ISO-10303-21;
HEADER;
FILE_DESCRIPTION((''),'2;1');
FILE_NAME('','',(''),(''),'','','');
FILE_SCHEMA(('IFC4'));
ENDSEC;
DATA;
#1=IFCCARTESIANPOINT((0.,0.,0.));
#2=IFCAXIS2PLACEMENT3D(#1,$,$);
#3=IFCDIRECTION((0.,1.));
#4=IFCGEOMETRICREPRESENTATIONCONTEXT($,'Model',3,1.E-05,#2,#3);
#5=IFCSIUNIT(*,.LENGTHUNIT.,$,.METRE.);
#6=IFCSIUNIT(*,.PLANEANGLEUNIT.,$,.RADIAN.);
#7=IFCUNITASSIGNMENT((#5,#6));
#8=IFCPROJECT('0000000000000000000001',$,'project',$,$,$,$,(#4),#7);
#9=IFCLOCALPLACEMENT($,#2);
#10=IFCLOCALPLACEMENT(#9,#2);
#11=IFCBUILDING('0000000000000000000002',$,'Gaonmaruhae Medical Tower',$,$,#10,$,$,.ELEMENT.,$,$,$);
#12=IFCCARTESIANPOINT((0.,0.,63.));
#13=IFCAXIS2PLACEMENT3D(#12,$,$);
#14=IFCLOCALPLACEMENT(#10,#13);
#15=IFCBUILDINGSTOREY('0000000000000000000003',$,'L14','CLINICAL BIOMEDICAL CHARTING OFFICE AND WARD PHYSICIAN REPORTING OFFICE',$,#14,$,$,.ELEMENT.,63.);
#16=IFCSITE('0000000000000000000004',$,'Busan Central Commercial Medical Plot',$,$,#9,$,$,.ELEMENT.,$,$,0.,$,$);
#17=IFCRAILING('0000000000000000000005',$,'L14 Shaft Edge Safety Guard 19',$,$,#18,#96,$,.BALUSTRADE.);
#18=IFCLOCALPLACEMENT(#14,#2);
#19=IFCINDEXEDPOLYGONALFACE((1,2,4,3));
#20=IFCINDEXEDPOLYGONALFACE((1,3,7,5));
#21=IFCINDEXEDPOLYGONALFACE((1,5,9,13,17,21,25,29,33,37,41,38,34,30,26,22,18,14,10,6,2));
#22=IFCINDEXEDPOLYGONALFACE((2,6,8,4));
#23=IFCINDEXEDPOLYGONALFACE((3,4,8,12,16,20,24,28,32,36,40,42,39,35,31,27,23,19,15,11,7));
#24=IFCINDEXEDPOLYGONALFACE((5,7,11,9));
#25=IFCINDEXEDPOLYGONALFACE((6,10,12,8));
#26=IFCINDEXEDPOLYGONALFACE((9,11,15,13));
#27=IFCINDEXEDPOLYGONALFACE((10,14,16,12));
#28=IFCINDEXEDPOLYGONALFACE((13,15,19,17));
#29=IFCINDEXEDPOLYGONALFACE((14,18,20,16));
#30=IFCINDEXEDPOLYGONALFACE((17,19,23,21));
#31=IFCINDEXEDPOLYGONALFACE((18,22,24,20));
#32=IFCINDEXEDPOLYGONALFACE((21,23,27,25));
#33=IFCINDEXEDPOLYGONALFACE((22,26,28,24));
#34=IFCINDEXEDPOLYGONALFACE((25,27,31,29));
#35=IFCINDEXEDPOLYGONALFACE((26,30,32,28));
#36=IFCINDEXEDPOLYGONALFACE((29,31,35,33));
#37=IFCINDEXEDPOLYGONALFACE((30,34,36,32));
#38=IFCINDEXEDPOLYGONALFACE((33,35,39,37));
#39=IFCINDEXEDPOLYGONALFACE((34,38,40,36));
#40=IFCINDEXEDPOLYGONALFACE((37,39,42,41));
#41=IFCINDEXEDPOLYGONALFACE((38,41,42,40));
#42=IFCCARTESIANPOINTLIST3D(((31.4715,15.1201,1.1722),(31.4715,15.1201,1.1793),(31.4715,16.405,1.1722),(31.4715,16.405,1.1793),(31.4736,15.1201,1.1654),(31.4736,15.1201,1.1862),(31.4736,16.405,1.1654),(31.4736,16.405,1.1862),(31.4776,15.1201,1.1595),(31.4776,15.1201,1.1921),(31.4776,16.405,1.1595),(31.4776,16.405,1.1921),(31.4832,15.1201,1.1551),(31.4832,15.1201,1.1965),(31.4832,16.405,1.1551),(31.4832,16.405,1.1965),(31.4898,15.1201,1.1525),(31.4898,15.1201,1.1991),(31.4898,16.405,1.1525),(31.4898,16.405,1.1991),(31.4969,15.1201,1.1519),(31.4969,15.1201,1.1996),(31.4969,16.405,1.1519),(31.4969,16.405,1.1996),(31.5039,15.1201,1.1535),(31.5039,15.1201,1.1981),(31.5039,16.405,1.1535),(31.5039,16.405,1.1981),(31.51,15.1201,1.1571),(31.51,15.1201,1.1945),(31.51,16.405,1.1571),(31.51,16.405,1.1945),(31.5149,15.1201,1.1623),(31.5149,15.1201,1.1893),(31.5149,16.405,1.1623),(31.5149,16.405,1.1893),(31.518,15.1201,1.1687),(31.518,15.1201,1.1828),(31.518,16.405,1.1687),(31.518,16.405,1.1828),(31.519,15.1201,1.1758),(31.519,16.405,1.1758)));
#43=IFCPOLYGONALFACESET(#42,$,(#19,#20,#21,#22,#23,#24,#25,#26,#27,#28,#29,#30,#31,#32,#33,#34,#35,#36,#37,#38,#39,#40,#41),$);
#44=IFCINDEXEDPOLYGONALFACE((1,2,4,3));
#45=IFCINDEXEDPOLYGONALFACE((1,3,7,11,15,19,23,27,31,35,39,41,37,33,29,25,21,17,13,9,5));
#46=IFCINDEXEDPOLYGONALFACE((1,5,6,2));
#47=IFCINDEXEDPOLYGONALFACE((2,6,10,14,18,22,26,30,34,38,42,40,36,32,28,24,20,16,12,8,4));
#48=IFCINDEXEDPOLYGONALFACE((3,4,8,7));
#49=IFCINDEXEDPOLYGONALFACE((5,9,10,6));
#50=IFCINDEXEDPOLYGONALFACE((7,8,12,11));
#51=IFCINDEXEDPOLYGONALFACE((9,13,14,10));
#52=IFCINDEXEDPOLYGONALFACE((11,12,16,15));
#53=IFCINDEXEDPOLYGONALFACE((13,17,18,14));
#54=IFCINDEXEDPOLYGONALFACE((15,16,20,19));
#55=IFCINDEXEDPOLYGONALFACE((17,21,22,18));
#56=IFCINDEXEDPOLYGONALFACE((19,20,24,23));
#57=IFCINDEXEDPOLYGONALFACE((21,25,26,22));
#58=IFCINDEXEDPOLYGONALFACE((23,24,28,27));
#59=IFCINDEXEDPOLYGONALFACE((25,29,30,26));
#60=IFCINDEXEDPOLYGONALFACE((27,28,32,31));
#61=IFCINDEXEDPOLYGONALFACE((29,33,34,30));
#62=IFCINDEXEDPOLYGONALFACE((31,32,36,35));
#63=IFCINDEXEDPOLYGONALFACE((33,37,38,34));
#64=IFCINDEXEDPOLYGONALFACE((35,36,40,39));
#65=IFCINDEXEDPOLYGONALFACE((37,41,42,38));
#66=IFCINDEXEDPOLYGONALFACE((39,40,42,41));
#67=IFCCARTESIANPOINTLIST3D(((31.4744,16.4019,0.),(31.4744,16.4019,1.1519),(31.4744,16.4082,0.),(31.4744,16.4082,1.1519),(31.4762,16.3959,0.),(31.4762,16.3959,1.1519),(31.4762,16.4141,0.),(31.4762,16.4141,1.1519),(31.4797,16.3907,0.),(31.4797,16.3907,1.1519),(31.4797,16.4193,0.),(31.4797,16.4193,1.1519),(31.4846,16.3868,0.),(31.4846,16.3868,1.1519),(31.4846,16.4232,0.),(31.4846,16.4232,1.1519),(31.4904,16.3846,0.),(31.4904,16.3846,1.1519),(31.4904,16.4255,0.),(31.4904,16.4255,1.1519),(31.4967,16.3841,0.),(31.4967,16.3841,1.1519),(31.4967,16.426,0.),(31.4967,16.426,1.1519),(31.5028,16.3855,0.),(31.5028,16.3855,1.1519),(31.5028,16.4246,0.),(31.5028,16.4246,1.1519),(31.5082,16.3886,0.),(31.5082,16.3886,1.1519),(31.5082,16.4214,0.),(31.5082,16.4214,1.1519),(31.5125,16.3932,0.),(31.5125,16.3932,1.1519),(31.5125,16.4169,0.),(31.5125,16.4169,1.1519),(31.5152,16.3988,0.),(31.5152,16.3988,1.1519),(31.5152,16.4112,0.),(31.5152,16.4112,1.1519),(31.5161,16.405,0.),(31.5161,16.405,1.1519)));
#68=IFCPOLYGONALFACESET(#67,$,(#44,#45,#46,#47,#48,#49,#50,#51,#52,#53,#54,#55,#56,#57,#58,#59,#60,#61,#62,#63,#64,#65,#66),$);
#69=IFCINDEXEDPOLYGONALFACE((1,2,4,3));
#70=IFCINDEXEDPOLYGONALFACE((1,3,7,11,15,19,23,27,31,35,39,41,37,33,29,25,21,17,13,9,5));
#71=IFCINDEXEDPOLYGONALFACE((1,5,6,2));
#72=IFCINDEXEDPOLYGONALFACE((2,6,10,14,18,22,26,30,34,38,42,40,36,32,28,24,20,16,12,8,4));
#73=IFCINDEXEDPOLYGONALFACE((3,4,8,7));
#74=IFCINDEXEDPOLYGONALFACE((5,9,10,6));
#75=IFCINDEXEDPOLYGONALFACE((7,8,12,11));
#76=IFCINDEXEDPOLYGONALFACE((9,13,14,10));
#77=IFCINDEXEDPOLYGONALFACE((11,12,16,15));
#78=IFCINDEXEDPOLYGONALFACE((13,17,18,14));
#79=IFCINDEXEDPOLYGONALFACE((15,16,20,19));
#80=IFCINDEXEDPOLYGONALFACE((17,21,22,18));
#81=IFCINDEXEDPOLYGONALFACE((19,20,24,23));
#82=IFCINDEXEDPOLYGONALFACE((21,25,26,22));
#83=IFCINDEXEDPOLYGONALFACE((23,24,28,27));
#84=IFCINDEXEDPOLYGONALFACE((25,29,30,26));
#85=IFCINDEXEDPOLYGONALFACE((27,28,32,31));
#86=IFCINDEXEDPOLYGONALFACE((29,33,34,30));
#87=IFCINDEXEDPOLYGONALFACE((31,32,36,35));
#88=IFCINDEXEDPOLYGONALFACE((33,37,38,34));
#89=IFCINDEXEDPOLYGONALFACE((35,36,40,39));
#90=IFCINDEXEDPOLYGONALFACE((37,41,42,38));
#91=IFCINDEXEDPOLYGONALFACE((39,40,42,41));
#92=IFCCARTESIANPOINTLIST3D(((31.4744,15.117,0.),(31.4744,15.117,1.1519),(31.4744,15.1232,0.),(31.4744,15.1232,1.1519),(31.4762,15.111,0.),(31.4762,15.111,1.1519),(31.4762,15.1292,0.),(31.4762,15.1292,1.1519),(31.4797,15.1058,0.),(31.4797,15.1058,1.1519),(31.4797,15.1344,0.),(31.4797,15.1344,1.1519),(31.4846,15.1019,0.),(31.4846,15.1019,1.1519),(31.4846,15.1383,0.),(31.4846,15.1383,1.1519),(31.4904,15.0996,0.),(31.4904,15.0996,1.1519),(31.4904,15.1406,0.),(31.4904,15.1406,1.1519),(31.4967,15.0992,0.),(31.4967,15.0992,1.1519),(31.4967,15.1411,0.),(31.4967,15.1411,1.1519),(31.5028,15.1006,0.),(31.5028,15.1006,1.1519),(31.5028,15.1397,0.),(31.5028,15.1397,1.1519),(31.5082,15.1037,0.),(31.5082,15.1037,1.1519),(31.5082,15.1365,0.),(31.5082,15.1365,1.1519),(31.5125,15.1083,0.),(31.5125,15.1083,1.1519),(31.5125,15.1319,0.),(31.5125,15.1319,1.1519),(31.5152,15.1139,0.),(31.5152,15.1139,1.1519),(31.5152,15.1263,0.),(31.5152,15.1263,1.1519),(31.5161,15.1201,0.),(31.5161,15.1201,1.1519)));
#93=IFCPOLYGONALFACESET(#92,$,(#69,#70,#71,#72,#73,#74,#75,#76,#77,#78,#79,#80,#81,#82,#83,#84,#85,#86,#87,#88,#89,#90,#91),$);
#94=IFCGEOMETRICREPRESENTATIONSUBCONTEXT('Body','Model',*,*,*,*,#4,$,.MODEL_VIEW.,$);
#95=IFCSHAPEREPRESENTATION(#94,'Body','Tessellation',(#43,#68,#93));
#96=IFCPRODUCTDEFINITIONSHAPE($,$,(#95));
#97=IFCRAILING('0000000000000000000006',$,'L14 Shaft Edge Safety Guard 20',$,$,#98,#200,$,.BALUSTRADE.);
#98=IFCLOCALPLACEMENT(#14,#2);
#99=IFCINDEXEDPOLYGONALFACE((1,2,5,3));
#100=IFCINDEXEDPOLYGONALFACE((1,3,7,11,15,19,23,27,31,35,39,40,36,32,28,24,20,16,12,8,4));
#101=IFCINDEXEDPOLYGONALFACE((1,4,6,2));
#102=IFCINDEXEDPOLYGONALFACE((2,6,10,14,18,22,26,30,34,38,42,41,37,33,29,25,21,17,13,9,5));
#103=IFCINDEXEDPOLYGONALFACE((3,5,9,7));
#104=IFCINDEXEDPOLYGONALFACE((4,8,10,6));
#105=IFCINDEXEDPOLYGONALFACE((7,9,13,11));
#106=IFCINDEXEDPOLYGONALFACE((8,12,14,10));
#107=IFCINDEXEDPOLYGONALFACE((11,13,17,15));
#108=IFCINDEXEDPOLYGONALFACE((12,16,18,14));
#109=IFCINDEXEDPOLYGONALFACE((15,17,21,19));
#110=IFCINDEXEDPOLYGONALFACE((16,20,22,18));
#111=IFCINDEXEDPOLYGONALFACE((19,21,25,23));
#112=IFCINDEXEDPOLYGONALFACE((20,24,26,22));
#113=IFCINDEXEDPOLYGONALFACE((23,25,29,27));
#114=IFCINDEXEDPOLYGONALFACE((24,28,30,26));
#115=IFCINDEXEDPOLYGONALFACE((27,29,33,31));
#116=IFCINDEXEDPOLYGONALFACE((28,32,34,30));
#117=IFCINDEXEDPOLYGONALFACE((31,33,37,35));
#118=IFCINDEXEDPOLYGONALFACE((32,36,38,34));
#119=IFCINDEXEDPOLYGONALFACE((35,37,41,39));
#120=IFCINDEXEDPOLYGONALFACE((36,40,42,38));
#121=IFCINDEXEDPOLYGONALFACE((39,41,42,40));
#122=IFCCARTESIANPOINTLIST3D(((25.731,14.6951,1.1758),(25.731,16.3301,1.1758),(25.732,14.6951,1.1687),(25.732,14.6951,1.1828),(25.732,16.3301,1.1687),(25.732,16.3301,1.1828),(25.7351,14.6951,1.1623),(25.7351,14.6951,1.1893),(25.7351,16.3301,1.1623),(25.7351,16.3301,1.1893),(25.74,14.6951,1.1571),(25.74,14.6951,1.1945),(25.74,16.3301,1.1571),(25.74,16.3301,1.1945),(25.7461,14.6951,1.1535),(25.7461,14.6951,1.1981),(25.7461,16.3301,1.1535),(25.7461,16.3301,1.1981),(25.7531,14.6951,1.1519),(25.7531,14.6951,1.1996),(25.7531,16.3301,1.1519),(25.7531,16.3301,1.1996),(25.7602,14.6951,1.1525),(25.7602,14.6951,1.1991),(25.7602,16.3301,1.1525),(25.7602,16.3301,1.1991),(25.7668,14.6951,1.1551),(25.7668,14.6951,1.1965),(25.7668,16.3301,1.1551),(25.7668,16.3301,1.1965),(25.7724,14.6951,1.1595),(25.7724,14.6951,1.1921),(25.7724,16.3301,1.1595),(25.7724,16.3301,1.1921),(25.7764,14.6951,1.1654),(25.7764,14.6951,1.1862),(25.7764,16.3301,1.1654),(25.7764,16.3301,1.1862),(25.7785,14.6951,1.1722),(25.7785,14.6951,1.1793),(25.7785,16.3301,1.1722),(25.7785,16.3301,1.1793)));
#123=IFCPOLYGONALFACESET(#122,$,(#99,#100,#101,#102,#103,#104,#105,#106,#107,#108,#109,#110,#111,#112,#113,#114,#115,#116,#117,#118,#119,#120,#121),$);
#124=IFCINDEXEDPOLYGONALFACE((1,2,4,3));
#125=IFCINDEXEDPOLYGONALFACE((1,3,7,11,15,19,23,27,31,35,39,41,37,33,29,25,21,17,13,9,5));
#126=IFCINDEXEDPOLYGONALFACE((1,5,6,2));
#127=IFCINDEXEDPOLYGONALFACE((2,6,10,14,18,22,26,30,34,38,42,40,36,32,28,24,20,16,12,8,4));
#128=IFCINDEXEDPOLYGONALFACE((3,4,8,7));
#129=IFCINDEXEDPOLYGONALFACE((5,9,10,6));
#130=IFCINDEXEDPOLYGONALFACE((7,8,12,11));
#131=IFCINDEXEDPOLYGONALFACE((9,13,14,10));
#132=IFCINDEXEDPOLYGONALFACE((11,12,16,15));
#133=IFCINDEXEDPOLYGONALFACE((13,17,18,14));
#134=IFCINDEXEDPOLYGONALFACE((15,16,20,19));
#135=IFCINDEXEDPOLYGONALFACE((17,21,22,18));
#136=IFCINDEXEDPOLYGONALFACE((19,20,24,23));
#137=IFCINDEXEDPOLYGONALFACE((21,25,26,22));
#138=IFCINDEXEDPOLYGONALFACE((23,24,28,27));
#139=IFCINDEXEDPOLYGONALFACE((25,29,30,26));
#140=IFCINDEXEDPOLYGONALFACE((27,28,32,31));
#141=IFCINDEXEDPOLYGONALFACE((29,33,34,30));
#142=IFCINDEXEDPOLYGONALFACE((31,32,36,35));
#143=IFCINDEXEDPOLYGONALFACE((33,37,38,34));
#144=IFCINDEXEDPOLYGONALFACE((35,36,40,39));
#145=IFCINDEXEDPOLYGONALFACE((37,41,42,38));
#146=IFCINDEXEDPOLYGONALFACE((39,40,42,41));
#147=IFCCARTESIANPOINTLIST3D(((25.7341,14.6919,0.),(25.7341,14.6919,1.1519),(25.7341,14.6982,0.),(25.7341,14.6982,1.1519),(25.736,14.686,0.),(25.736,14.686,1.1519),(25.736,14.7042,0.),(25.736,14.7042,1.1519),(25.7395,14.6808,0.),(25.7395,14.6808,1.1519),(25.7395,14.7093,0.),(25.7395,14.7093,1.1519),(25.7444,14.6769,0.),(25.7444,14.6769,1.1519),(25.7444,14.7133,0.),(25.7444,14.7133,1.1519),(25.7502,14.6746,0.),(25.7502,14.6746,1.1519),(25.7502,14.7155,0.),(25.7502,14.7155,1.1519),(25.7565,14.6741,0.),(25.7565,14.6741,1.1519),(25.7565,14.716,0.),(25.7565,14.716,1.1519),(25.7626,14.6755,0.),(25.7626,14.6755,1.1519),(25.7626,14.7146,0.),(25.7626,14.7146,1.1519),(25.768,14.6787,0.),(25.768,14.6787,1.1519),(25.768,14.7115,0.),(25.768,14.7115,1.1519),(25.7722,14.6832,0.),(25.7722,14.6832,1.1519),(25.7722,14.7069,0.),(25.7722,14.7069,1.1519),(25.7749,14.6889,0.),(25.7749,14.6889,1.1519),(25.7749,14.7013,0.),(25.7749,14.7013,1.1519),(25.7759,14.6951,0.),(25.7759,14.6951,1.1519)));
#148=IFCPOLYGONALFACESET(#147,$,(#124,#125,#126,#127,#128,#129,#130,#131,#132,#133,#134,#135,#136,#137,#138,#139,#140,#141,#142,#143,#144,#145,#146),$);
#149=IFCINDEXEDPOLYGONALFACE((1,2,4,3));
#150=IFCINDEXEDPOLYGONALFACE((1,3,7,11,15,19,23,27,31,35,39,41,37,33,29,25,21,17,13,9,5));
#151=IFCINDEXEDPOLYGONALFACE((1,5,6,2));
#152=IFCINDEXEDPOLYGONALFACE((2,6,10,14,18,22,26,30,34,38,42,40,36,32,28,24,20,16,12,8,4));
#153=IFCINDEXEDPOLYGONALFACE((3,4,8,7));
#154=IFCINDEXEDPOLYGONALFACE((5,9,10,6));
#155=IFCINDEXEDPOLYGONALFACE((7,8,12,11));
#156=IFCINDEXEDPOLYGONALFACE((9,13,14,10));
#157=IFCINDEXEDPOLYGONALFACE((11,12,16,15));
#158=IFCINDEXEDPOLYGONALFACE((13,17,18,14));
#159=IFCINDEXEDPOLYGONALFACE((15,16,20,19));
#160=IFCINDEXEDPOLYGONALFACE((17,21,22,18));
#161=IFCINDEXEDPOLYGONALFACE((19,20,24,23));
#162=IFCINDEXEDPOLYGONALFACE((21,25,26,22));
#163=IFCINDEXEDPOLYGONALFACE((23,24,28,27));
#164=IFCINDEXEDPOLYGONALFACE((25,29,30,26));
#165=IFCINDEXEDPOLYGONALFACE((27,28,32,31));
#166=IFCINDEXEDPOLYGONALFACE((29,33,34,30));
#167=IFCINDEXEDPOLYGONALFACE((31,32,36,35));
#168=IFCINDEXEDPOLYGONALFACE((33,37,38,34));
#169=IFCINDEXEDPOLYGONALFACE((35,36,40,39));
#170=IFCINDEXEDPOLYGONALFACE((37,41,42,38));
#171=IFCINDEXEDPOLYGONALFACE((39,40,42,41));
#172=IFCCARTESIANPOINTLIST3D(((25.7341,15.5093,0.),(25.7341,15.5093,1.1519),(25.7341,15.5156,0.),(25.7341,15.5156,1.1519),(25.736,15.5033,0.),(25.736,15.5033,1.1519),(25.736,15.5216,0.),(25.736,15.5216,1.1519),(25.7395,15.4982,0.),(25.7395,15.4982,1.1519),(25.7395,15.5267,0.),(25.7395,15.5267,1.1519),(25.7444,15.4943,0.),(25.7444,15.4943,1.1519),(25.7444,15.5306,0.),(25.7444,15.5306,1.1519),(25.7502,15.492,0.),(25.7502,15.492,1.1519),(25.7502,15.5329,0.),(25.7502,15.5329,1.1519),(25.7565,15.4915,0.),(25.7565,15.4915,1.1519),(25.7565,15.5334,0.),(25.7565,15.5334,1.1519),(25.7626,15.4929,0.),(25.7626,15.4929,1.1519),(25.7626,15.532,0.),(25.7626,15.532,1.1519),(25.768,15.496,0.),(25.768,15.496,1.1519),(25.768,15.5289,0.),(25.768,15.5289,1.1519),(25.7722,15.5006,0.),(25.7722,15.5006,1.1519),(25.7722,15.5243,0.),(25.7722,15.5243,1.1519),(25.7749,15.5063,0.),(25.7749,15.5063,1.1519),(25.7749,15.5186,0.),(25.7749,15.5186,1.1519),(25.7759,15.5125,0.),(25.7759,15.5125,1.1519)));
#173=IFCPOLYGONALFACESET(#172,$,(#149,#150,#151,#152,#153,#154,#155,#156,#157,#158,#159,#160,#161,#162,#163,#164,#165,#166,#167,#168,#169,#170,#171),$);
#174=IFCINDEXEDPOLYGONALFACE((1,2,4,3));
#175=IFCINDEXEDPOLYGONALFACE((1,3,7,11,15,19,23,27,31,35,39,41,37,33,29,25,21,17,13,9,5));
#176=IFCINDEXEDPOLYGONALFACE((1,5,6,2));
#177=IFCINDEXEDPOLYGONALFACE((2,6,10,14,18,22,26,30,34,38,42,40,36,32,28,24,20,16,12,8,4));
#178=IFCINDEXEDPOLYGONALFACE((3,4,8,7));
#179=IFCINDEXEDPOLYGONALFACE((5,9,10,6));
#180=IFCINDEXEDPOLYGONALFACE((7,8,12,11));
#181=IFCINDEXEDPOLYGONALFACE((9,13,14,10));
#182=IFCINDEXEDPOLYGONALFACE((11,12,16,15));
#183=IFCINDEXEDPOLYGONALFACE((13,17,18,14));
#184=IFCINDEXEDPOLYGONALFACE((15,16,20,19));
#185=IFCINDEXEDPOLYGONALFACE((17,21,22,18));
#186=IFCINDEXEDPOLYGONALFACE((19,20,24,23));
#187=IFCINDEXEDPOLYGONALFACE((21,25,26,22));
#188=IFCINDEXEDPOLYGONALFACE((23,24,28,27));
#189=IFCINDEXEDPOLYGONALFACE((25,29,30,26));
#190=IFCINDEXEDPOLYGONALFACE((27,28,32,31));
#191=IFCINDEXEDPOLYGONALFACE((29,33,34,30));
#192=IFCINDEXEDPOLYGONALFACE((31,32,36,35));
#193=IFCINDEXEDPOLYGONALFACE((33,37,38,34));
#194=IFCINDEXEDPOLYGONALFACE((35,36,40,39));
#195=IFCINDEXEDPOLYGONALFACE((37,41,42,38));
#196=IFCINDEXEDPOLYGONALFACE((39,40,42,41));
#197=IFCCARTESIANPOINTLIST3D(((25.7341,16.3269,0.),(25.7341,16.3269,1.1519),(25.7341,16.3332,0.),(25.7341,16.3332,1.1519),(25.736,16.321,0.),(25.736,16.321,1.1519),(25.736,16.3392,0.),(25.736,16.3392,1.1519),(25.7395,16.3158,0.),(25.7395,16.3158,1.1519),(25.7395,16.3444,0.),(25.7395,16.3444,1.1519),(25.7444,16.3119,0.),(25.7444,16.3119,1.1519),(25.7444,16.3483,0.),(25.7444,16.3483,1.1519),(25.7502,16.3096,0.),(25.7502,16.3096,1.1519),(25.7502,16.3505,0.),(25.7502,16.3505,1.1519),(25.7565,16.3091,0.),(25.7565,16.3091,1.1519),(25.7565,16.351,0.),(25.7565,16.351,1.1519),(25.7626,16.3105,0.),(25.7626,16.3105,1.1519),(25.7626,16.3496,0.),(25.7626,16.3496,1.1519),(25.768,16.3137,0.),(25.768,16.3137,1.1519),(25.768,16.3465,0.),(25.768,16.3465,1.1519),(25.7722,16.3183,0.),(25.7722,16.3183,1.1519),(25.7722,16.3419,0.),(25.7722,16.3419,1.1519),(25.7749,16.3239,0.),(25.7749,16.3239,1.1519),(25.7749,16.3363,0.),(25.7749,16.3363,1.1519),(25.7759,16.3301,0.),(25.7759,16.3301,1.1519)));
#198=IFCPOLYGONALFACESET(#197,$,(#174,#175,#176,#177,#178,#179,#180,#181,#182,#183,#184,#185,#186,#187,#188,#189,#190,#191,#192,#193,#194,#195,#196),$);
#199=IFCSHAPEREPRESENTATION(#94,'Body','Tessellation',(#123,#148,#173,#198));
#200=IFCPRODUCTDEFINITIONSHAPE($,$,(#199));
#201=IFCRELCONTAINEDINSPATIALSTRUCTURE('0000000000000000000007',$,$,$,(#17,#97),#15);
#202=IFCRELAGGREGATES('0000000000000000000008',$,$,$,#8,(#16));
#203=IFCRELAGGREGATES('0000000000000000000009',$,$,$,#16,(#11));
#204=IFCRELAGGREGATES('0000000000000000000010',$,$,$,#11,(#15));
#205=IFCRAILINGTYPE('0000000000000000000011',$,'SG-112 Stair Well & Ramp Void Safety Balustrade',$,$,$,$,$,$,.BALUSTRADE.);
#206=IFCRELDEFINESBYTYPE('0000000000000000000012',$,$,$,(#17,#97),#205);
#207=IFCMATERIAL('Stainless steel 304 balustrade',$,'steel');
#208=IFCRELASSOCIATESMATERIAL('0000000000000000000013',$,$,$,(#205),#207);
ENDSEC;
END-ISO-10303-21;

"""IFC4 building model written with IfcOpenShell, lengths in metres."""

from ifc_helpers import new_model, si_unit, direction, frame, origin, origin_2d, place, context, subcontext, project, spatial, circle, extrude, material, type_object, element, save


model = new_model("IFC4")

# Units and contexts
model_context = context("Model", 3, precision=1e-05, world=origin(), true_north=direction((0.0, 1.0)))
body_context = subcontext(model_context, "Body", "Model", "MODEL_VIEW")
ifc_project = project(units=[si_unit("LENGTHUNIT", "METRE"), si_unit("PLANEANGLEUNIT", "RADIAN")], contexts=[model_context])

# Site, building, storey
site_placement = place(None, origin())
site = spatial("IfcSite", under=ifc_project, at=site_placement, Name="Busan Central Commercial Medical Plot", CompositionType="ELEMENT", RefElevation=0.0)
building_placement = place(site_placement, origin())
building = spatial("IfcBuilding", under=site, at=building_placement, Name="Gaonmaruhae Medical Tower", CompositionType="ELEMENT")
storey_placement = place(building_placement, frame((0.0, 0.0, 63.0)))
storey = spatial("IfcBuildingStorey", under=building, at=storey_placement, Name="L14", Description="CLINICAL BIOMEDICAL CHARTING OFFICE AND WARD PHYSICIAN REPORTING OFFICE", CompositionType="ELEMENT", Elevation=63.0)

# Railings
ifc_material_1 = material(Name="Stainless steel 304 balustrade", Category="steel")
railing_type = type_object("IfcRailingType", Name="SG-112 Stair Well & Ramp Void Safety Balustrade", PredefinedType="BALUSTRADE", material=ifc_material_1)
railing_1_placement = place(storey_placement, frame((31.4951, 16.405, 0.0)))
element("IfcRailing", 1, at=railing_1_placement, inside=storey, type_object=railing_type, Name="L14 Shaft Edge Safety Guard 19", PredefinedType="BALUSTRADE", context=body_context, shape_type="SweptSolid", body=[
    extrude(circle(Radius=0.0239, at=origin_2d()), frame((0.0, 0.0, 1.1758), z_axis=(0.0, -1.0, 0.0), x_axis=(1.0, 0.0, 0.0)), (0.0, 0.0, 1.0), 1.2849),
    extrude(circle(Radius=0.021, at=origin_2d()), origin(), (0.0, 0.0, 1.0), 1.1519),
    extrude(circle(Radius=0.021, at=origin_2d()), frame((0.0, -1.2849, 0.0)), (0.0, 0.0, 1.0), 1.1519),
])
railing_2_placement = place(storey_placement, frame((25.7549, 14.6951, 0.0)))
element("IfcRailing", 2, at=railing_2_placement, inside=storey, type_object=railing_type, Name="L14 Shaft Edge Safety Guard 20", PredefinedType="BALUSTRADE", context=body_context, shape_type="SweptSolid", body=[
    extrude(circle(Radius=0.0239, at=origin_2d()), frame((0.0, 0.0, 1.1758), z_axis=(0.0, 1.0, 0.0), x_axis=(-1.0, 0.0, 0.0)), (0.0, 0.0, 1.0), 1.635),
    extrude(circle(Radius=0.021, at=origin_2d()), origin(), (0.0, 0.0, 1.0), 1.1519),
    extrude(circle(Radius=0.021, at=origin_2d()), frame((0.0, 0.8174, 0.0)), (0.0, 0.0, 1.0), 1.1519),
    extrude(circle(Radius=0.021, at=origin_2d()), frame((0.0, 1.635, 0.0)), (0.0, 0.0, 1.0), 1.1519),
])

save(model, "model.ifc")
